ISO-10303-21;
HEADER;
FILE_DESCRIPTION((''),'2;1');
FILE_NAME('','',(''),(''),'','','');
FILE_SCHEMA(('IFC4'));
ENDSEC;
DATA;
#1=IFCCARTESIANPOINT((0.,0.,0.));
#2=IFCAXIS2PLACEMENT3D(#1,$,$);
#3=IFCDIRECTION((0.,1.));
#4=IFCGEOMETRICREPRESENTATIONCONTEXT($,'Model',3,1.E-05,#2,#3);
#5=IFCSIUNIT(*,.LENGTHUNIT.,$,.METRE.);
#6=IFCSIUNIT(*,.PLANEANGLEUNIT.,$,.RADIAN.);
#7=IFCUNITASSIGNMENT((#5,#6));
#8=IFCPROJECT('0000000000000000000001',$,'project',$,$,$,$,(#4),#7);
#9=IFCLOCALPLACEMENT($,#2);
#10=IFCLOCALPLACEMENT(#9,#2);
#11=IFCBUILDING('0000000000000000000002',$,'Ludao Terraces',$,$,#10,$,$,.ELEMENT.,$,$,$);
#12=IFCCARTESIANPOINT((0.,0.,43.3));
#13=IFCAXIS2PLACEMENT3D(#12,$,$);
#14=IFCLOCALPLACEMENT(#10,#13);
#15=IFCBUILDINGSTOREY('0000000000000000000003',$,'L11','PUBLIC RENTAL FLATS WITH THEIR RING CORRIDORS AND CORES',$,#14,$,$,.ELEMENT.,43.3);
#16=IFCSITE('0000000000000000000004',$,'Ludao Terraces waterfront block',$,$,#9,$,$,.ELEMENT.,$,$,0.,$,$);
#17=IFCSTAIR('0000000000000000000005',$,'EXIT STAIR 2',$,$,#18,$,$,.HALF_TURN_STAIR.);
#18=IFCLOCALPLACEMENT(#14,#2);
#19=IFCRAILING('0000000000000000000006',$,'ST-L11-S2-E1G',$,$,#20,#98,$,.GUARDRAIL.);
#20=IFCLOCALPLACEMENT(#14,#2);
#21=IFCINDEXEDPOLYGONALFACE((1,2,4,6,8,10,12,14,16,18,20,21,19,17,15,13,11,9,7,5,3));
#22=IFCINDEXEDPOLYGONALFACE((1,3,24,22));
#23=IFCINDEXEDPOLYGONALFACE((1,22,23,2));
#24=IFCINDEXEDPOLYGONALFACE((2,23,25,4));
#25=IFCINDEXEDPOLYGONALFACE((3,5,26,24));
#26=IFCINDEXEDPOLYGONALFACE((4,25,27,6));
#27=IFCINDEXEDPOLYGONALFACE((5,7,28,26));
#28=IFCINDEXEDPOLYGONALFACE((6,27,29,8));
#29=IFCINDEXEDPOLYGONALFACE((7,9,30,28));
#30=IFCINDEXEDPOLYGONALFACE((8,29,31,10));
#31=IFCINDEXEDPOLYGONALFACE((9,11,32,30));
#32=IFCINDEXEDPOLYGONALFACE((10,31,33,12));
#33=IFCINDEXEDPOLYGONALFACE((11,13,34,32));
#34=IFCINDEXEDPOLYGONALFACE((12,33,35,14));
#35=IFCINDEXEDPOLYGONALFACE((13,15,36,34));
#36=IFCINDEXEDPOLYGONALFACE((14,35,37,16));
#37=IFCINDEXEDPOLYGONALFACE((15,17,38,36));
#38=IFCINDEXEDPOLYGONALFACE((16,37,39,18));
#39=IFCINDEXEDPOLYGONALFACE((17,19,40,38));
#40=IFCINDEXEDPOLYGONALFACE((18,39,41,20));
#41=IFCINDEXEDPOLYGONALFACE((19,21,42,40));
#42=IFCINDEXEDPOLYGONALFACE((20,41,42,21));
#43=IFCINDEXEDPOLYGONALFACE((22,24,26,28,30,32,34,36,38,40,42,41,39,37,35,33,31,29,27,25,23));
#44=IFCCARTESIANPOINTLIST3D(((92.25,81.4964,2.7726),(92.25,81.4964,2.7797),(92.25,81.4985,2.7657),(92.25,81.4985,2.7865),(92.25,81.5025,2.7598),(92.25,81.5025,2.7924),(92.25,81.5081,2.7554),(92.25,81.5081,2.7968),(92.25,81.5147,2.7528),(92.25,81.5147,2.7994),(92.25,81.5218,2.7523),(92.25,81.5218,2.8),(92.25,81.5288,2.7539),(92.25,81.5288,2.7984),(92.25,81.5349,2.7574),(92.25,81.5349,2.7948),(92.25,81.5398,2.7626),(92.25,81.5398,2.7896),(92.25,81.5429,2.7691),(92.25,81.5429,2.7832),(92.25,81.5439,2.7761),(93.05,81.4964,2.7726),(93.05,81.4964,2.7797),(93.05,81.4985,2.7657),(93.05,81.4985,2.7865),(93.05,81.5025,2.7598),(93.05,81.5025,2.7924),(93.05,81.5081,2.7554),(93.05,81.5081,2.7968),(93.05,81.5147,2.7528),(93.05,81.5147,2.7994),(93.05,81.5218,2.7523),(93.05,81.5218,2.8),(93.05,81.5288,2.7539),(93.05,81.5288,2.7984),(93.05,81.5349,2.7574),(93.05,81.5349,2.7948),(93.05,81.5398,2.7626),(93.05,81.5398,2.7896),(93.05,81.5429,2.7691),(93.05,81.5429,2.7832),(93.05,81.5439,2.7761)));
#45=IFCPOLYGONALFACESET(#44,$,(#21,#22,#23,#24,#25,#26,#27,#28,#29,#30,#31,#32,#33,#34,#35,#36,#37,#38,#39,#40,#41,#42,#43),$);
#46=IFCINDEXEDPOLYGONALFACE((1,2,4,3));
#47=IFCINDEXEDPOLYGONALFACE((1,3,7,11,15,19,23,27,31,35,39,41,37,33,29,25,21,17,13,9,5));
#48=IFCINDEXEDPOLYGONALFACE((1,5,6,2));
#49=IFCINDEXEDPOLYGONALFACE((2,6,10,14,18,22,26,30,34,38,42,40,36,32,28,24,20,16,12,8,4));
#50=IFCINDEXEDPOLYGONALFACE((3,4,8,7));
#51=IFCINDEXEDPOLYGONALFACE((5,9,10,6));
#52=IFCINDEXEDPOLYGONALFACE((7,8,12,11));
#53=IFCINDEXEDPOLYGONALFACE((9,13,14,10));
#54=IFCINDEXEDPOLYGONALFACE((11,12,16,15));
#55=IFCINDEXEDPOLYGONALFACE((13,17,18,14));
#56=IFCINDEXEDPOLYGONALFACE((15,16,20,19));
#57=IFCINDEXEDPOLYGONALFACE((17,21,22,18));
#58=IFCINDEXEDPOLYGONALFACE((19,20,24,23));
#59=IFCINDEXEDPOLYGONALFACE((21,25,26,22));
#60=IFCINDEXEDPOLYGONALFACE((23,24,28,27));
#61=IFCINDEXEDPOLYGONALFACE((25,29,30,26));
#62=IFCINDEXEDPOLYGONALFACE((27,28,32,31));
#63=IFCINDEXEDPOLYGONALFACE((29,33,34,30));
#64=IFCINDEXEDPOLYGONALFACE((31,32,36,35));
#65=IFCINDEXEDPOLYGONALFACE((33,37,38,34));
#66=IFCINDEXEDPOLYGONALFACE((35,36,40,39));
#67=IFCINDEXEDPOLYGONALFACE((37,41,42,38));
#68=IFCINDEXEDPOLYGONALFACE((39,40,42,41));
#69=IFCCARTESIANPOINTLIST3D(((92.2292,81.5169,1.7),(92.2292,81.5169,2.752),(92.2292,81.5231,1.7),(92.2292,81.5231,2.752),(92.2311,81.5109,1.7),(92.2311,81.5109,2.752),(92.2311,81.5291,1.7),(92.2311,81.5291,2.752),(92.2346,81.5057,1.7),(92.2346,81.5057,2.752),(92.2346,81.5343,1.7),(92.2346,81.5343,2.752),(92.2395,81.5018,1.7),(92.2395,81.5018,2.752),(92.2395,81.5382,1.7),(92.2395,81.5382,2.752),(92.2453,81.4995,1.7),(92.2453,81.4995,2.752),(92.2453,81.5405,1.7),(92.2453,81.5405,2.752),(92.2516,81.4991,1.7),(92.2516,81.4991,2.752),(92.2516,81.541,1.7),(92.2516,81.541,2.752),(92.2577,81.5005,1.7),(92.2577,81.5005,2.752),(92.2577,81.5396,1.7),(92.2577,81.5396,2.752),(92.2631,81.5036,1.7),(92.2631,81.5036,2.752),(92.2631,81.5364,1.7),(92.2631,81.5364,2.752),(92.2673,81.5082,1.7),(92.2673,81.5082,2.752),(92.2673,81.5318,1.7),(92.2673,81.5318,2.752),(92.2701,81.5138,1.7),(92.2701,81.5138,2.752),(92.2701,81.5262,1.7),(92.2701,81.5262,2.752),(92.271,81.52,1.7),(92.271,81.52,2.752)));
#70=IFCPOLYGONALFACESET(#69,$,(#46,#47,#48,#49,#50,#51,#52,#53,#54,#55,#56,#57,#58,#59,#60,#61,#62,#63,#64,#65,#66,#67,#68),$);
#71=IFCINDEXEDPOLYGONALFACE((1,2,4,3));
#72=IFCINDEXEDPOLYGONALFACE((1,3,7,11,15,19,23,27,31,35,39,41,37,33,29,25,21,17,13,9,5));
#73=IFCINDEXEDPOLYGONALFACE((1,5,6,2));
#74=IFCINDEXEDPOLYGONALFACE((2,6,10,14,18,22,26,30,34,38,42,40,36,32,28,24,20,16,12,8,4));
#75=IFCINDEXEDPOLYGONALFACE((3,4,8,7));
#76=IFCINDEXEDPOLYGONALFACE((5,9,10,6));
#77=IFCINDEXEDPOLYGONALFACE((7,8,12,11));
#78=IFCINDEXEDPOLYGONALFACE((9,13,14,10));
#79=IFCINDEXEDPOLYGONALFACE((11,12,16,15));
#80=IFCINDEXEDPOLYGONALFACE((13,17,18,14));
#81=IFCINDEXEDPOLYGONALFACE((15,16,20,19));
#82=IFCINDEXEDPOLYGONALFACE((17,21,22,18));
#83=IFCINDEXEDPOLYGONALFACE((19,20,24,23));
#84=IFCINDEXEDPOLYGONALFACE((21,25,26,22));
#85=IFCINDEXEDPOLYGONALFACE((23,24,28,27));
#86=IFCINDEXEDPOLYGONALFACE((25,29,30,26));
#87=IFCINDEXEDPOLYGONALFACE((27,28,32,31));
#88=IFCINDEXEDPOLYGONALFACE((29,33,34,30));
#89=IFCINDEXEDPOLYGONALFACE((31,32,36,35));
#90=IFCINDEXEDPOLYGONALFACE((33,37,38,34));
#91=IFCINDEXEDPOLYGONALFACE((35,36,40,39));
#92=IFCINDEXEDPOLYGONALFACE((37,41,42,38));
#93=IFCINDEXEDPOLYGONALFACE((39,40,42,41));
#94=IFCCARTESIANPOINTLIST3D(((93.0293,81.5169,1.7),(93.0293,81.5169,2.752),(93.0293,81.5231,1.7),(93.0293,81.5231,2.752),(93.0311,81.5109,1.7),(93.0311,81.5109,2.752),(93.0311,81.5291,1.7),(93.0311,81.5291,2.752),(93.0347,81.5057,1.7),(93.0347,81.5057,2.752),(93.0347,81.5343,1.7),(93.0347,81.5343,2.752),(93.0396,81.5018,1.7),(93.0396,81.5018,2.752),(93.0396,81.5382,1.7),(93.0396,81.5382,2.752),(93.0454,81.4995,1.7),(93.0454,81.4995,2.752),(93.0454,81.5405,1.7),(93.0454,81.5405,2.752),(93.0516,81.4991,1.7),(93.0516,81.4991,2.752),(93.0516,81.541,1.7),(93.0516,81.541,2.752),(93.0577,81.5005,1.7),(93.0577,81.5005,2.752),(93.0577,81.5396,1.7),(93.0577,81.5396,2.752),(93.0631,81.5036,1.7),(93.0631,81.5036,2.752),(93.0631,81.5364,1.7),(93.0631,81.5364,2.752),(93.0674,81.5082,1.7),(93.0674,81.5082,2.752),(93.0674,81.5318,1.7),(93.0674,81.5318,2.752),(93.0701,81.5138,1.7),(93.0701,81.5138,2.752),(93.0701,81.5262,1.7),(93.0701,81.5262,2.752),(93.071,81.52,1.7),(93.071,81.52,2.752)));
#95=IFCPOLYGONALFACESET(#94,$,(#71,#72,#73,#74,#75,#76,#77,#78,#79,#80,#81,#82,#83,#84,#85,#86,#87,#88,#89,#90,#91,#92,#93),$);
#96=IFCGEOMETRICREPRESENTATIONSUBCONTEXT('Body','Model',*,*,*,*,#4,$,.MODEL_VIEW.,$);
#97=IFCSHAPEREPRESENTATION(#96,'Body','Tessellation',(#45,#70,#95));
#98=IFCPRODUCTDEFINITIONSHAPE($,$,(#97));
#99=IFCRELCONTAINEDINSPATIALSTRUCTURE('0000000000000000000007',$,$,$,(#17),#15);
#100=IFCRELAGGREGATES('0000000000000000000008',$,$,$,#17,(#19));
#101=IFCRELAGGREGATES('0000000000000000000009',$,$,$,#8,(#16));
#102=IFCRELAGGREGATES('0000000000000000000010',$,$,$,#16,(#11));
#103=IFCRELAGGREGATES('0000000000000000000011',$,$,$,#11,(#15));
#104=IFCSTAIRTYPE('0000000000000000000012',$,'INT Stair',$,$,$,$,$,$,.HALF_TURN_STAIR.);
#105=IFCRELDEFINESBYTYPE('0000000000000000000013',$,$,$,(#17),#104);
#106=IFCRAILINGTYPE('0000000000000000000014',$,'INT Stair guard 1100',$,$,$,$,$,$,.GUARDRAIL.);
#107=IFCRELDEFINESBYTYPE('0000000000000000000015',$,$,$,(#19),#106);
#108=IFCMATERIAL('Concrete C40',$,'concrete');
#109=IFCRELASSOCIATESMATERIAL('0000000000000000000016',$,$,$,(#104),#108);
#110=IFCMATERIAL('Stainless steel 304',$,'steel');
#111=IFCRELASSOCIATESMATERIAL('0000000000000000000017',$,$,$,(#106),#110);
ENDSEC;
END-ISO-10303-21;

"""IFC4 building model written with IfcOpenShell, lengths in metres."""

from ifc_helpers import new_model, si_unit, direction, frame, origin, origin_2d, place, context, subcontext, project, spatial, circle, extrude, material, type_object, element, aggregate, save


model = new_model("IFC4")

# Units and contexts
model_context = context("Model", 3, precision=1e-05, world=origin(), true_north=direction((0.0, 1.0)))
body_context = subcontext(model_context, "Body", "Model", "MODEL_VIEW")
ifc_project = project(units=[si_unit("LENGTHUNIT", "METRE"), si_unit("PLANEANGLEUNIT", "RADIAN")], contexts=[model_context])

# Site, building, storey
site_placement = place(None, origin())
site = spatial("IfcSite", under=ifc_project, at=site_placement, Name="Ludao Terraces waterfront block", CompositionType="ELEMENT", RefElevation=0.0)
building_placement = place(site_placement, origin())
building = spatial("IfcBuilding", under=site, at=building_placement, Name="Ludao Terraces", CompositionType="ELEMENT")
storey_placement = place(building_placement, frame((0.0, 0.0, 43.3)))
storey = spatial("IfcBuildingStorey", under=building, at=storey_placement, Name="L11", Description="PUBLIC RENTAL FLATS WITH THEIR RING CORRIDORS AND CORES", CompositionType="ELEMENT", Elevation=43.3)

# Shared definitions
ifc_material_1 = material(Name="Concrete C40", Category="concrete")

# Stair, railing
stair_type = type_object("IfcStairType", Name="INT Stair", PredefinedType="HALF_TURN_STAIR", material=ifc_material_1)
stair_placement = place(storey_placement, origin())
stair = element("IfcStair", 1, at=stair_placement, inside=storey, type_object=stair_type, Name="EXIT STAIR 2", PredefinedType="HALF_TURN_STAIR")
ifc_material_2 = material(Name="Stainless steel 304", Category="steel")
railing_type_1 = type_object("IfcRailingType", Name="INT Stair guard 1100", PredefinedType="GUARDRAIL", material=ifc_material_2)
railing_1_placement = place(storey_placement, frame((92.25, 81.52, 1.7)))
railing_1 = element("IfcRailing", 2, at=railing_1_placement, type_object=railing_type_1, Name="ST-L11-S2-E1G", PredefinedType="GUARDRAIL", context=body_context, shape_type="SweptSolid", body=[
    extrude(circle(Radius=0.0239, at=origin_2d()), frame((0.0, 0.0, 1.0762), z_axis=(1.0, 0.0, 0.0), x_axis=(0.0, 1.0, 0.0)), (0.0, 0.0, 1.0), 0.8),
    extrude(circle(Radius=0.021, at=origin_2d()), origin(), (0.0, 0.0, 1.0), 1.052),
    extrude(circle(Radius=0.021, at=origin_2d()), frame((0.8, 0.0, 0.0)), (0.0, 0.0, 1.0), 1.052),
])
aggregate(stair, [railing_1])

save(model, "model.ifc")
